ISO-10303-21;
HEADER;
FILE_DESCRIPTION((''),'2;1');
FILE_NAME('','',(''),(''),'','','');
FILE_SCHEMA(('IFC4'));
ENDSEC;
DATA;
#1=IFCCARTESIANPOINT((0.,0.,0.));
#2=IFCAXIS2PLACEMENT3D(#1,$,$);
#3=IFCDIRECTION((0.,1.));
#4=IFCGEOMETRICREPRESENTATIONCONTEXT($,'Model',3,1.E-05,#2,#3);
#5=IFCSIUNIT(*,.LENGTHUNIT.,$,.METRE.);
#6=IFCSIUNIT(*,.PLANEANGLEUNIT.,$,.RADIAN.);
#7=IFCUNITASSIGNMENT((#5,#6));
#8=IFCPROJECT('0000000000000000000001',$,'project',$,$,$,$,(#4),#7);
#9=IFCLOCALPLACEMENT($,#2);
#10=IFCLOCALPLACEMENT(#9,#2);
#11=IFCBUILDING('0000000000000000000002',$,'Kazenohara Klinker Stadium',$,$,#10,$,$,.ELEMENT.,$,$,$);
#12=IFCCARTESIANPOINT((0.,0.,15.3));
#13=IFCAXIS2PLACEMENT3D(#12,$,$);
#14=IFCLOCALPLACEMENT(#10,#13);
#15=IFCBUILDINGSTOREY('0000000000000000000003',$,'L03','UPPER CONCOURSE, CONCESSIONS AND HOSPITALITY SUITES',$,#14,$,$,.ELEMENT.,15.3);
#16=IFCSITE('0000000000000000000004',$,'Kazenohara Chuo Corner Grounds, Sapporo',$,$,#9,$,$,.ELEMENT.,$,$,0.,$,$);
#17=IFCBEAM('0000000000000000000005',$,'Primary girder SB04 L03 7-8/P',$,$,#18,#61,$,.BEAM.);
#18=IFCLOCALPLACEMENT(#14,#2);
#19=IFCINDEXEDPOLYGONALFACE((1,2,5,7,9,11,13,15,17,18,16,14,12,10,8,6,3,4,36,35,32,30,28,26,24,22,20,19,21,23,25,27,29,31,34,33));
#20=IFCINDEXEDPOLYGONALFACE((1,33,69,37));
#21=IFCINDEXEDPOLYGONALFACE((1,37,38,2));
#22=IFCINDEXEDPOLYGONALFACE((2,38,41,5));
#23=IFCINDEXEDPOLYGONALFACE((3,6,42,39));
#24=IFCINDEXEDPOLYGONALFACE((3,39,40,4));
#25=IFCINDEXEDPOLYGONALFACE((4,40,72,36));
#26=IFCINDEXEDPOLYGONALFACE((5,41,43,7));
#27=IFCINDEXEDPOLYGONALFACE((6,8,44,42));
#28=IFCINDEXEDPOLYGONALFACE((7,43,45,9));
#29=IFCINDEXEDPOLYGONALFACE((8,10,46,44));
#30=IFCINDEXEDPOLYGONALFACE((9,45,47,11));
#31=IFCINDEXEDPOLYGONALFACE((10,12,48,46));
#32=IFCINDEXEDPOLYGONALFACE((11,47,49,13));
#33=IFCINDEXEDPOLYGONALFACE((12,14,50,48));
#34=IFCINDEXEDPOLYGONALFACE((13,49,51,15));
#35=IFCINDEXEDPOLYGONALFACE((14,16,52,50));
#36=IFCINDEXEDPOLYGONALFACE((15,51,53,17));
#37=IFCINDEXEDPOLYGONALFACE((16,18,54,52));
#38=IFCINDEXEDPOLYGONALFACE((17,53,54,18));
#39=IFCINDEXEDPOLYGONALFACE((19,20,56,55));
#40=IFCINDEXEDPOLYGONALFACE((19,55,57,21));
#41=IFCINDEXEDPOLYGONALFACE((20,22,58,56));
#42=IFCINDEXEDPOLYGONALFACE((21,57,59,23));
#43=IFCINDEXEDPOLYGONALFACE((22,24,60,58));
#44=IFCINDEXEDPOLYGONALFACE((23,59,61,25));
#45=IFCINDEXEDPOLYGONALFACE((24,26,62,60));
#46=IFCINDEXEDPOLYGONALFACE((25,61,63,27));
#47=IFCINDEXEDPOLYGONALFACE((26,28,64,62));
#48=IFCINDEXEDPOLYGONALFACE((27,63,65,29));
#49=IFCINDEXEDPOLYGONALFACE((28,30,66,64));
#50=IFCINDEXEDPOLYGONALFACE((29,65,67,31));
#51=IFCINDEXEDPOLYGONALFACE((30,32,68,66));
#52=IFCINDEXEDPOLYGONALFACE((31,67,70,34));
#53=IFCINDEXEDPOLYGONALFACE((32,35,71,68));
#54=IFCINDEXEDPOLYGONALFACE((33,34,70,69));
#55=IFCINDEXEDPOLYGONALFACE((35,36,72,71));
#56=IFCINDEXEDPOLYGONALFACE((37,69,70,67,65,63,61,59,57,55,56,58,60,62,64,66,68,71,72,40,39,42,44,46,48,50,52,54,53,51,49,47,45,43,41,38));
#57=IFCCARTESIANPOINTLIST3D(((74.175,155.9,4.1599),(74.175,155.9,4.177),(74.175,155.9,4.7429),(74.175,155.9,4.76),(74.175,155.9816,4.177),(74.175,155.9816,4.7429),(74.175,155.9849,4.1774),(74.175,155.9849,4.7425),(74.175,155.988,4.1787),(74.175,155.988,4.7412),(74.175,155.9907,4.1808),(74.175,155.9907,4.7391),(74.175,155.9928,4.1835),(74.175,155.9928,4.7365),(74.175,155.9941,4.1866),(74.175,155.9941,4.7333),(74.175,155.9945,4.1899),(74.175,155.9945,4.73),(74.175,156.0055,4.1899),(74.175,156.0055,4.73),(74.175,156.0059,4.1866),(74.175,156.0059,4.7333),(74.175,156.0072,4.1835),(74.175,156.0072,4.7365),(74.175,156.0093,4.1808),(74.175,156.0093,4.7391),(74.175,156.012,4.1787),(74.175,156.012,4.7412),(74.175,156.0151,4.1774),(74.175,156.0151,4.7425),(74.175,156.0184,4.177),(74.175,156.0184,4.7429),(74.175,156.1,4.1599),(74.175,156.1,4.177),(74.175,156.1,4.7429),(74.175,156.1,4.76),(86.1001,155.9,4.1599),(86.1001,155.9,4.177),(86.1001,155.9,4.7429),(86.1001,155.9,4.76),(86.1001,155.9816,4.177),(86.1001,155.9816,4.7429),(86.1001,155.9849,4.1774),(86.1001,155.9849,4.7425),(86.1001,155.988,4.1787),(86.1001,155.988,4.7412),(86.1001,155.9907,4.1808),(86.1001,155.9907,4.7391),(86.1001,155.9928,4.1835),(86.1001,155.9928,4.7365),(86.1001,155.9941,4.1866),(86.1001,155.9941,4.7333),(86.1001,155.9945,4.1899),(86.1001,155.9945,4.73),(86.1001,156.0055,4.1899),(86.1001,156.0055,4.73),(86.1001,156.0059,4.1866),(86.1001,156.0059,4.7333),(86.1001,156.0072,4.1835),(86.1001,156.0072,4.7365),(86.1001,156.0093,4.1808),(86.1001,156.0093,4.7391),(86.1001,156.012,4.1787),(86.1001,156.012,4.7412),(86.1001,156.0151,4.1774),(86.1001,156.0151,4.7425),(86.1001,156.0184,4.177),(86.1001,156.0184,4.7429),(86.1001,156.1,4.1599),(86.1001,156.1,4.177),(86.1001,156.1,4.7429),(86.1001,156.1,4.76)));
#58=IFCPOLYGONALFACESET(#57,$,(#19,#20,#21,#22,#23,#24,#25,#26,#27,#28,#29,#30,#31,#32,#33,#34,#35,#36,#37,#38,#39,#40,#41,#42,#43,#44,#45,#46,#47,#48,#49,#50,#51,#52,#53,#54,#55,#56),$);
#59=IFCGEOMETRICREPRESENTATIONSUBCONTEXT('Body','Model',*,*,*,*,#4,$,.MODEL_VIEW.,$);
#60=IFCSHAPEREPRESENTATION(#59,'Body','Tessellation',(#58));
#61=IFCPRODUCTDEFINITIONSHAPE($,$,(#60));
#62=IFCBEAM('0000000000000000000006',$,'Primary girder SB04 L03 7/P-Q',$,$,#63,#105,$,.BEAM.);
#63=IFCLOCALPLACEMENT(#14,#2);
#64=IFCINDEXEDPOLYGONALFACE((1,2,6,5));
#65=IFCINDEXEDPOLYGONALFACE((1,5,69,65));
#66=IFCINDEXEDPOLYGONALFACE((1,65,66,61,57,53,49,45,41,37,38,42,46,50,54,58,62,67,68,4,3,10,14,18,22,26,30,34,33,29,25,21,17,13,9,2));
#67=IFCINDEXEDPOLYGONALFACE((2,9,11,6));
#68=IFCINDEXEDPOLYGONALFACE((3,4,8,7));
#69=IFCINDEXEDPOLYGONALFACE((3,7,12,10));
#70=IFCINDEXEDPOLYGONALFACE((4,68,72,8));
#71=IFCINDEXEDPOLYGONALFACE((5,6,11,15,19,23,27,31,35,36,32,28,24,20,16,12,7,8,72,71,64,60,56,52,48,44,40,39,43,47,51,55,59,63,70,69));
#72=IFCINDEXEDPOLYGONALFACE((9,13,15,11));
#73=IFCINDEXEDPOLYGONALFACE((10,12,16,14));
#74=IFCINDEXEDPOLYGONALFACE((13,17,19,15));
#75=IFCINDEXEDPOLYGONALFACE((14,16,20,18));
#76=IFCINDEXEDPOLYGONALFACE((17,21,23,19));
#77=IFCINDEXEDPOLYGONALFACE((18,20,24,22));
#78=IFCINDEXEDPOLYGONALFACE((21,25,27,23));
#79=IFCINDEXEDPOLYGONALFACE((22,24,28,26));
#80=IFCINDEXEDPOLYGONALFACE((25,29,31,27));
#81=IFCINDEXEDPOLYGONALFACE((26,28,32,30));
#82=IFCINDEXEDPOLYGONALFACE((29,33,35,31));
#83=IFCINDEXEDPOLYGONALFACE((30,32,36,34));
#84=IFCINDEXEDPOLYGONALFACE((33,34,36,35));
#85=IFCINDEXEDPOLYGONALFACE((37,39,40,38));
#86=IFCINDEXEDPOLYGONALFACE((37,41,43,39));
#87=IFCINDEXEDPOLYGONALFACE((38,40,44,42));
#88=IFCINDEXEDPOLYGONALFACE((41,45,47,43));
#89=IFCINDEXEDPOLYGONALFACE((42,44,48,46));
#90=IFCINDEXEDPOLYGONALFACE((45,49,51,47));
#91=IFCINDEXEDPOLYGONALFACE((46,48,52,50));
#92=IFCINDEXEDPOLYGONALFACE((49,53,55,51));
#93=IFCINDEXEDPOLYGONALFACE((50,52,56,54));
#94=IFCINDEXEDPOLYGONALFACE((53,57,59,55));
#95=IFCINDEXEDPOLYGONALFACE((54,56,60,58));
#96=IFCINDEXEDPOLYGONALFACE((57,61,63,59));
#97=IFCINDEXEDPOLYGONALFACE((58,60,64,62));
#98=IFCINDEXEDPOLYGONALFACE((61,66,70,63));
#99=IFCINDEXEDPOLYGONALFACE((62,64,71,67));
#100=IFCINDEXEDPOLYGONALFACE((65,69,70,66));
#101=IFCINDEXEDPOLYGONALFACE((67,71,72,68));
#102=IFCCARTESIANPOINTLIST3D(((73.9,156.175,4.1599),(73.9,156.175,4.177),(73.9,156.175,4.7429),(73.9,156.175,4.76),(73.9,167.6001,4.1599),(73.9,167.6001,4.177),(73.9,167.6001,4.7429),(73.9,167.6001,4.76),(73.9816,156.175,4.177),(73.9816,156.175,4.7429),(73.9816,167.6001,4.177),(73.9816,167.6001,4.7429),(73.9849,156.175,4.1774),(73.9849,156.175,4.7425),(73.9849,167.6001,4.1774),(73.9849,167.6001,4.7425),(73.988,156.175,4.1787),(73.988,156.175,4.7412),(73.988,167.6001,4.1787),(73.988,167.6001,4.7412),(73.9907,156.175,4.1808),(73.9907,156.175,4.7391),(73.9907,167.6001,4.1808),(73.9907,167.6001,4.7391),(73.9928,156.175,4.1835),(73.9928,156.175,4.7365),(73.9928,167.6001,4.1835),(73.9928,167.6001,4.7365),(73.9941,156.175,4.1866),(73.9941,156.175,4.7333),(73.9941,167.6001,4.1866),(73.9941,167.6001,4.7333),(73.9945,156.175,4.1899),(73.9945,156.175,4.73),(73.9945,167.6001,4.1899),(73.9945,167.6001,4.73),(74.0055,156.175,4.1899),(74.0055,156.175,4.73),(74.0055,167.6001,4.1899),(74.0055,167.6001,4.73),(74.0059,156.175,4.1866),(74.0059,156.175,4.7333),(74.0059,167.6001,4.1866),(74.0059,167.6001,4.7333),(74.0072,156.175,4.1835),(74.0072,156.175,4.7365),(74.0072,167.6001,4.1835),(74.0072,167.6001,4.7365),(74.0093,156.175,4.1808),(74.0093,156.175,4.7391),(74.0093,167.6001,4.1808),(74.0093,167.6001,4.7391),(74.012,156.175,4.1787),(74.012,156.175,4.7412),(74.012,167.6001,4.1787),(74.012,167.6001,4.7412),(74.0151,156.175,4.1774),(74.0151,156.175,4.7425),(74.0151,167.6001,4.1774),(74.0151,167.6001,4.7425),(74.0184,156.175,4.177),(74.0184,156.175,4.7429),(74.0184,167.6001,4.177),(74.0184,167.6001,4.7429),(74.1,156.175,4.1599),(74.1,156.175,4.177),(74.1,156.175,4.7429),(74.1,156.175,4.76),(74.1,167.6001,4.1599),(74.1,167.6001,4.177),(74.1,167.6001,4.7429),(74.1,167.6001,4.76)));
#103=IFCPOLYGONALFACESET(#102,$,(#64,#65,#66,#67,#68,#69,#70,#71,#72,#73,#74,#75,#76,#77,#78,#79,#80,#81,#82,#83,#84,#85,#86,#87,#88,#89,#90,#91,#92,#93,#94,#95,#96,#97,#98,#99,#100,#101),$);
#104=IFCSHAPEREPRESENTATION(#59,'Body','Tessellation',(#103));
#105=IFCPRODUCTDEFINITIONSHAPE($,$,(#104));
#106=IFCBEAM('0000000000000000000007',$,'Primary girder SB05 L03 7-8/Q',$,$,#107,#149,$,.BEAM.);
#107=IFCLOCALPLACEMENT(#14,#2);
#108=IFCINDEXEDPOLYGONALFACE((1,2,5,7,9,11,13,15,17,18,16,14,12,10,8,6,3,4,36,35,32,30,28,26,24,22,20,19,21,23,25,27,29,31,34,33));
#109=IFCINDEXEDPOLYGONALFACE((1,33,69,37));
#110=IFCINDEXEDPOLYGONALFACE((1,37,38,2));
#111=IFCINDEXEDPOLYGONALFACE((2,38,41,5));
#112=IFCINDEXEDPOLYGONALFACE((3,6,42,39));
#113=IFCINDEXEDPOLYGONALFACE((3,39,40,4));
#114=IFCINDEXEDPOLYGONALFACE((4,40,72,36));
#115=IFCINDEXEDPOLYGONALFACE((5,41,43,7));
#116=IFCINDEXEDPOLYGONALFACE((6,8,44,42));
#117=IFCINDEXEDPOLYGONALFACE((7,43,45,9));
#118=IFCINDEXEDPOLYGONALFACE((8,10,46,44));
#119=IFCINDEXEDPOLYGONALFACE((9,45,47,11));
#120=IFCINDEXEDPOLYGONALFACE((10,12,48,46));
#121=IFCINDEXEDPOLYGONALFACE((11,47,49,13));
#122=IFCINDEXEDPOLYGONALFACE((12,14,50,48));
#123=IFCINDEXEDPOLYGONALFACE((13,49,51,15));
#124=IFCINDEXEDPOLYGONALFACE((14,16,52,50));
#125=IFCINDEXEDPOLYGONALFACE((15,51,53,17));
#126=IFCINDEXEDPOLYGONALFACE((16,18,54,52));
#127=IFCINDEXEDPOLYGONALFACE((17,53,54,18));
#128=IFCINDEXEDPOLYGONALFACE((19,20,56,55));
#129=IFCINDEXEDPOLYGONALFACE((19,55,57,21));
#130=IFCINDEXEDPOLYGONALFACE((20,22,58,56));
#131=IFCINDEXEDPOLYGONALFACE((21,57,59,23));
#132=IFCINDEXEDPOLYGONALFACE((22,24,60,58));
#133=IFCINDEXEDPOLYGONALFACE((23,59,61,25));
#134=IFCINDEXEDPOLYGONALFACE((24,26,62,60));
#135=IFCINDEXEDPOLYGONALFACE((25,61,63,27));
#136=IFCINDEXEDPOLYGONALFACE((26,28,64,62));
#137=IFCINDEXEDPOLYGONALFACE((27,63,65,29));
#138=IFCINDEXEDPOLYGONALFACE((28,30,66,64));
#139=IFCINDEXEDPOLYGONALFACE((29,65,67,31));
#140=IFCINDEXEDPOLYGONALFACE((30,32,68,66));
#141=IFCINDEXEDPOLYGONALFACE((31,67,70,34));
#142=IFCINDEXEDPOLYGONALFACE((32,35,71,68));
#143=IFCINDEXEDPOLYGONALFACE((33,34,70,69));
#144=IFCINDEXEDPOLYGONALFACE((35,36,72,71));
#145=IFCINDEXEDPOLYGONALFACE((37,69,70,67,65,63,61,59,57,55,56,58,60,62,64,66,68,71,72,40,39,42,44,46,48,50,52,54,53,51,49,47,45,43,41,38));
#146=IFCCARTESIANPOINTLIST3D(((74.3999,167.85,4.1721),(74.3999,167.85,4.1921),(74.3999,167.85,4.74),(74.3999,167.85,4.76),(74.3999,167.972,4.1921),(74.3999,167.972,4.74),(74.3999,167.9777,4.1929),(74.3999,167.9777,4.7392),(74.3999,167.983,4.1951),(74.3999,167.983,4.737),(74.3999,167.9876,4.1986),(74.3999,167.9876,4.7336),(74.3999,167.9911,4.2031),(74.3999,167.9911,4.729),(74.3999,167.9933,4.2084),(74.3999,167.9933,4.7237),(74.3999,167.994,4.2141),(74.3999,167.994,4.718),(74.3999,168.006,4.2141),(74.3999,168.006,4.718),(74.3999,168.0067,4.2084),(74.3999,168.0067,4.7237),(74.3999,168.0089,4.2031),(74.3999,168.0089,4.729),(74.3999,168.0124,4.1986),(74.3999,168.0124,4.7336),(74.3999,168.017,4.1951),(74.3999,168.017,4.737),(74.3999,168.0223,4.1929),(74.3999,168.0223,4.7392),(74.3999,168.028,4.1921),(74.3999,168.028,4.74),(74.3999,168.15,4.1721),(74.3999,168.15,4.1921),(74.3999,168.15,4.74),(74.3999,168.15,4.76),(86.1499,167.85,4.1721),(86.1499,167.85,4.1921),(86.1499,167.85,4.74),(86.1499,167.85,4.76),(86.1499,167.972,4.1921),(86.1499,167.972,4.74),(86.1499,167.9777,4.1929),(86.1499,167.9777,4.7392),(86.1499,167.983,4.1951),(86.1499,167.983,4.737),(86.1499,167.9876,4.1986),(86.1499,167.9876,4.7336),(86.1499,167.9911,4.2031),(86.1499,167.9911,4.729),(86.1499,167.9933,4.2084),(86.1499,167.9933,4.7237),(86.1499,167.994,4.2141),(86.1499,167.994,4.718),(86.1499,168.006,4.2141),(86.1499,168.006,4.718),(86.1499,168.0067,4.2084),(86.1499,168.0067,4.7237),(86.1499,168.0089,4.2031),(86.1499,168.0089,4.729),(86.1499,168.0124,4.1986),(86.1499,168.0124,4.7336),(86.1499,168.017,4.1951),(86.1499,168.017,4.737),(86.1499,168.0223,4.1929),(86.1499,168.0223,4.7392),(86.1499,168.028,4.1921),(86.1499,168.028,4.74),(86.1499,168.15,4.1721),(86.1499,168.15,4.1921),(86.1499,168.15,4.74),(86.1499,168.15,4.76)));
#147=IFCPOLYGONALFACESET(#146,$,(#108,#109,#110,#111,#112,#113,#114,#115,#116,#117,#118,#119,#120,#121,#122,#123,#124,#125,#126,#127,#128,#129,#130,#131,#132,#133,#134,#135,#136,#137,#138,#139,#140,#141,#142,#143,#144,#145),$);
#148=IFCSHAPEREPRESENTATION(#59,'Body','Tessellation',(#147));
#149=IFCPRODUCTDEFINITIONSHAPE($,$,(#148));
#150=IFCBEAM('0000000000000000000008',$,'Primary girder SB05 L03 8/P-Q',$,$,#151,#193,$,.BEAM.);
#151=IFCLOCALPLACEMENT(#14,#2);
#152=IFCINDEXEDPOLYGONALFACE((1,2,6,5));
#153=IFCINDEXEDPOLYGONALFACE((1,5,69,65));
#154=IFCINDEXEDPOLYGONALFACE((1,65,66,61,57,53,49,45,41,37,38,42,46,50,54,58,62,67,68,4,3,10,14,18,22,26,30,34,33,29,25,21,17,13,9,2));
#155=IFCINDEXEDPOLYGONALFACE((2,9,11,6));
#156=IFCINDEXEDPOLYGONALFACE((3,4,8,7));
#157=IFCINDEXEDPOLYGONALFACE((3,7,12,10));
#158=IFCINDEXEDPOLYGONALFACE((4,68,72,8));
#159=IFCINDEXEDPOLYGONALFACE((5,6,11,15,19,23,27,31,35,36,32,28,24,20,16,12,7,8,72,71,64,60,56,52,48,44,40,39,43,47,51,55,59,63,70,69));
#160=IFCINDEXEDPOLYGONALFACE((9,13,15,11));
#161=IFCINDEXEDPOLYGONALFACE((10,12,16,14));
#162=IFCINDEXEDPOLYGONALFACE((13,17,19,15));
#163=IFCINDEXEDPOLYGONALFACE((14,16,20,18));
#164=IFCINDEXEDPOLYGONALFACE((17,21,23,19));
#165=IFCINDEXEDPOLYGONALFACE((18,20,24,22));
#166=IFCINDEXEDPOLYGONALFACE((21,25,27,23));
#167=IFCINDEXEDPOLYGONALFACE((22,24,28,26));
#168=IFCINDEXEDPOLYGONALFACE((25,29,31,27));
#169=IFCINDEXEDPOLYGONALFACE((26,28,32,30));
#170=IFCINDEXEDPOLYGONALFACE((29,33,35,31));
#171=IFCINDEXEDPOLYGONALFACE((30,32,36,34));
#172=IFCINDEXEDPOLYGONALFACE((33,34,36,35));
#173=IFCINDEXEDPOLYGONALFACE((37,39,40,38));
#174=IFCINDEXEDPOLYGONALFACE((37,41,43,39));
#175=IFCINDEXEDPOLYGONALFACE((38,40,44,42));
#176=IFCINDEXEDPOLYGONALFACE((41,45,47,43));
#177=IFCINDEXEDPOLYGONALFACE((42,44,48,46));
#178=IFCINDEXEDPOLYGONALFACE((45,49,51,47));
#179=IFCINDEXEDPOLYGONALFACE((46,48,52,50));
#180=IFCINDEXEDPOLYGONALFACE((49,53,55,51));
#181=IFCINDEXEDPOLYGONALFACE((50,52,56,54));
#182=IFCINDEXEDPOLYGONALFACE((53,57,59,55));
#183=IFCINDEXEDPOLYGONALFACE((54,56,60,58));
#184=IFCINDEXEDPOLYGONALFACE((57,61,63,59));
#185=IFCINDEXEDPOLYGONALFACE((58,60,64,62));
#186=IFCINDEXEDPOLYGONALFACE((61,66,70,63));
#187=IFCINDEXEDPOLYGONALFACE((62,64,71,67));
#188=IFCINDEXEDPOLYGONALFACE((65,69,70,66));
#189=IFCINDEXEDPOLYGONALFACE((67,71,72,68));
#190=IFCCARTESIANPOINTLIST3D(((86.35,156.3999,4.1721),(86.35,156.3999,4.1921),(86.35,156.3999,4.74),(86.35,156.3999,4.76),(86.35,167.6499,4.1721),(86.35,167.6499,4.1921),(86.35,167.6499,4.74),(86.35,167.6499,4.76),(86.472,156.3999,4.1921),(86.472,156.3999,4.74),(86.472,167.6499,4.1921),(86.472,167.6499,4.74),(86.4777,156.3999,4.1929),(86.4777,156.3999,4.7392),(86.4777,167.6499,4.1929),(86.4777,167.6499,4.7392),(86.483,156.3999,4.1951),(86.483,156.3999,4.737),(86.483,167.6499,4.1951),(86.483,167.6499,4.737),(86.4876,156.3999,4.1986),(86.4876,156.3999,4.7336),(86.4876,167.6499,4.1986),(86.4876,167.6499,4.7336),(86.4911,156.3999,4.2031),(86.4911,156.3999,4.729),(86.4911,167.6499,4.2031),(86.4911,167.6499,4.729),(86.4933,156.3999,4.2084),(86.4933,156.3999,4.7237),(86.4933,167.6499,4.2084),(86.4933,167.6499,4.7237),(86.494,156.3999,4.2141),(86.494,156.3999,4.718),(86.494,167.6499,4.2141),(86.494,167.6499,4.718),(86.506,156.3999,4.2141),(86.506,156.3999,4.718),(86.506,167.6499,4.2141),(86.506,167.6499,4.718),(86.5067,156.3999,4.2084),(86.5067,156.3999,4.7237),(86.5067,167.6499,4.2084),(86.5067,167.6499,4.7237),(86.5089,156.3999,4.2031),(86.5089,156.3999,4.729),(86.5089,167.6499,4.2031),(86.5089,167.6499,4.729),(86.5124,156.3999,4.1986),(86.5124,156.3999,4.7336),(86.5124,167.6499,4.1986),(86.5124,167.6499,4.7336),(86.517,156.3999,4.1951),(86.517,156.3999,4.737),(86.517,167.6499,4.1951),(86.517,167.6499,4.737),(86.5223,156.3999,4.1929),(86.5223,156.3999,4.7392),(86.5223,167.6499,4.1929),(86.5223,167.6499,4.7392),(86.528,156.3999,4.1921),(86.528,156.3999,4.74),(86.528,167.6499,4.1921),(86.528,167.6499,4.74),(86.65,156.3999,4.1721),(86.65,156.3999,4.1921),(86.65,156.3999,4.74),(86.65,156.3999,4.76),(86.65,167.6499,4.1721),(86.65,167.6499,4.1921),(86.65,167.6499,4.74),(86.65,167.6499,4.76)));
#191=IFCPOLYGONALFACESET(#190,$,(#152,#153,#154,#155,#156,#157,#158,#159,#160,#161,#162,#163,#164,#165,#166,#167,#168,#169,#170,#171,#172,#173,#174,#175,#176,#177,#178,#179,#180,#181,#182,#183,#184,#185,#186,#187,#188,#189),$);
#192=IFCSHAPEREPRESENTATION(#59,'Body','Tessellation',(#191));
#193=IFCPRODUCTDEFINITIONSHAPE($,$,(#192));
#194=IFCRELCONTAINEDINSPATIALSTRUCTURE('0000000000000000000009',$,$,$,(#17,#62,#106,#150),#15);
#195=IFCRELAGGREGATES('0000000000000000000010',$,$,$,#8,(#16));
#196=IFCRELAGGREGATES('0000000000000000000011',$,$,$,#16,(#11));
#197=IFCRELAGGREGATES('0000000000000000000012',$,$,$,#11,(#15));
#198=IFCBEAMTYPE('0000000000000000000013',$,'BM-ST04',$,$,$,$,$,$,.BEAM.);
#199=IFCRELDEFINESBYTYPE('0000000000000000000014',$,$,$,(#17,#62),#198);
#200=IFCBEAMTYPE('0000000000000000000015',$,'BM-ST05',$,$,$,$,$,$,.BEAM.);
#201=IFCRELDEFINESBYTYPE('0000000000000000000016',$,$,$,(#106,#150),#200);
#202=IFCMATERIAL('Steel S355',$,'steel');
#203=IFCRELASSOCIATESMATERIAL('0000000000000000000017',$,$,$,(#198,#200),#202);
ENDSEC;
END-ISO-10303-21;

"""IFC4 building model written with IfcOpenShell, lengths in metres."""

from ifc_helpers import new_model, si_unit, direction, frame, origin, origin_2d, place, context, subcontext, project, spatial, i_section, extrude, material, material_profile, profile_set, type_object, element, save


model = new_model("IFC4")

# Units and contexts
model_context = context("Model", 3, precision=1e-05, world=origin(), true_north=direction((0.0, 1.0)))
body_context = subcontext(model_context, "Body", "Model", "MODEL_VIEW")
ifc_project = project(units=[si_unit("LENGTHUNIT", "METRE"), si_unit("PLANEANGLEUNIT", "RADIAN")], contexts=[model_context])

# Site, building, storey
site_placement = place(None, origin())
site = spatial("IfcSite", under=ifc_project, at=site_placement, Name="Kazenohara Chuo Corner Grounds, Sapporo", CompositionType="ELEMENT", RefElevation=0.0)
building_placement = place(site_placement, origin())
building = spatial("IfcBuilding", under=site, at=building_placement, Name="Kazenohara Klinker Stadium", CompositionType="ELEMENT")
storey_placement = place(building_placement, frame((0.0, 0.0, 15.3)))
storey = spatial("IfcBuildingStorey", under=building, at=storey_placement, Name="L03", Description="UPPER CONCOURSE, CONCESSIONS AND HOSPITALITY SUITES", CompositionType="ELEMENT", Elevation=15.3)

# Shared definitions
ifc_material_1 = material(Name="Steel S355", Category="steel")

# Beams
ifc_material_profile_1 = material_profile(ifc_material_1, i_section(OverallWidth=0.2, OverallDepth=0.6001, WebThickness=0.011, FlangeThickness=0.0171, FilletRadius=0.0129, at=origin_2d()), Name="H-600x200x11x17")
ifc_profile_set_1 = profile_set([ifc_material_profile_1], Name="Steel S355")
beam_type_1 = type_object("IfcBeamType", Name="BM-ST04", PredefinedType="BEAM", material=ifc_profile_set_1)
beam_1_placement = place(storey_placement, frame((74.175, 156.0, 4.46), z_axis=(1.0, 0.0, 0.0), x_axis=(0.0, 1.0, 0.0)))
element("IfcBeam", 1, at=beam_1_placement, inside=storey, type_object=beam_type_1, Name="Primary girder SB04 L03 7-8/P", PredefinedType="BEAM", context=body_context, shape_type="SweptSolid", body=[
    extrude(i_section(OverallWidth=0.2, OverallDepth=0.6001, WebThickness=0.011, FlangeThickness=0.0171, FilletRadius=0.0129, at=origin_2d()), origin(), (0.0, 0.0, 1.0), 11.925),
])
beam_2_placement = place(storey_placement, frame((74.0, 156.175, 4.46), z_axis=(0.0, 1.0, 0.0), x_axis=(-1.0, 0.0, 0.0)))
element("IfcBeam", 2, at=beam_2_placement, inside=storey, type_object=beam_type_1, Name="Primary girder SB04 L03 7/P-Q", PredefinedType="BEAM", context=body_context, shape_type="SweptSolid", body=[
    extrude(i_section(OverallWidth=0.2, OverallDepth=0.6001, WebThickness=0.011, FlangeThickness=0.0171, FilletRadius=0.0129, at=origin_2d()), origin(), (0.0, 0.0, 1.0), 11.425),
])
ifc_material_profile_2 = material_profile(ifc_material_1, i_section(OverallWidth=0.3, OverallDepth=0.5879, WebThickness=0.012, FlangeThickness=0.02, FilletRadius=0.022, at=origin_2d()), Name="H-588x300x12x20")
ifc_profile_set_2 = profile_set([ifc_material_profile_2], Name="Steel S355")
beam_type_2 = type_object("IfcBeamType", Name="BM-ST05", PredefinedType="BEAM", material=ifc_profile_set_2)
beam_3_placement = place(storey_placement, frame((74.3999, 168.0, 4.4661), z_axis=(1.0, 0.0, 0.0), x_axis=(0.0, 1.0, 0.0)))
element("IfcBeam", 3, at=beam_3_placement, inside=storey, type_object=beam_type_2, Name="Primary girder SB05 L03 7-8/Q", PredefinedType="BEAM", context=body_context, shape_type="SweptSolid", body=[
    extrude(i_section(OverallWidth=0.3, OverallDepth=0.5879, WebThickness=0.012, FlangeThickness=0.02, FilletRadius=0.022, at=origin_2d()), origin(), (0.0, 0.0, 1.0), 11.75),
])
beam_4_placement = place(storey_placement, frame((86.5, 156.3999, 4.4661), z_axis=(0.0, 1.0, 0.0), x_axis=(-1.0, 0.0, 0.0)))
element("IfcBeam", 4, at=beam_4_placement, inside=storey, type_object=beam_type_2, Name="Primary girder SB05 L03 8/P-Q", PredefinedType="BEAM", context=body_context, shape_type="SweptSolid", body=[
    extrude(i_section(OverallWidth=0.3, OverallDepth=0.5879, WebThickness=0.012, FlangeThickness=0.02, FilletRadius=0.022, at=origin_2d()), origin(), (0.0, 0.0, 1.0), 11.25),
])

save(model, "model.ifc")
